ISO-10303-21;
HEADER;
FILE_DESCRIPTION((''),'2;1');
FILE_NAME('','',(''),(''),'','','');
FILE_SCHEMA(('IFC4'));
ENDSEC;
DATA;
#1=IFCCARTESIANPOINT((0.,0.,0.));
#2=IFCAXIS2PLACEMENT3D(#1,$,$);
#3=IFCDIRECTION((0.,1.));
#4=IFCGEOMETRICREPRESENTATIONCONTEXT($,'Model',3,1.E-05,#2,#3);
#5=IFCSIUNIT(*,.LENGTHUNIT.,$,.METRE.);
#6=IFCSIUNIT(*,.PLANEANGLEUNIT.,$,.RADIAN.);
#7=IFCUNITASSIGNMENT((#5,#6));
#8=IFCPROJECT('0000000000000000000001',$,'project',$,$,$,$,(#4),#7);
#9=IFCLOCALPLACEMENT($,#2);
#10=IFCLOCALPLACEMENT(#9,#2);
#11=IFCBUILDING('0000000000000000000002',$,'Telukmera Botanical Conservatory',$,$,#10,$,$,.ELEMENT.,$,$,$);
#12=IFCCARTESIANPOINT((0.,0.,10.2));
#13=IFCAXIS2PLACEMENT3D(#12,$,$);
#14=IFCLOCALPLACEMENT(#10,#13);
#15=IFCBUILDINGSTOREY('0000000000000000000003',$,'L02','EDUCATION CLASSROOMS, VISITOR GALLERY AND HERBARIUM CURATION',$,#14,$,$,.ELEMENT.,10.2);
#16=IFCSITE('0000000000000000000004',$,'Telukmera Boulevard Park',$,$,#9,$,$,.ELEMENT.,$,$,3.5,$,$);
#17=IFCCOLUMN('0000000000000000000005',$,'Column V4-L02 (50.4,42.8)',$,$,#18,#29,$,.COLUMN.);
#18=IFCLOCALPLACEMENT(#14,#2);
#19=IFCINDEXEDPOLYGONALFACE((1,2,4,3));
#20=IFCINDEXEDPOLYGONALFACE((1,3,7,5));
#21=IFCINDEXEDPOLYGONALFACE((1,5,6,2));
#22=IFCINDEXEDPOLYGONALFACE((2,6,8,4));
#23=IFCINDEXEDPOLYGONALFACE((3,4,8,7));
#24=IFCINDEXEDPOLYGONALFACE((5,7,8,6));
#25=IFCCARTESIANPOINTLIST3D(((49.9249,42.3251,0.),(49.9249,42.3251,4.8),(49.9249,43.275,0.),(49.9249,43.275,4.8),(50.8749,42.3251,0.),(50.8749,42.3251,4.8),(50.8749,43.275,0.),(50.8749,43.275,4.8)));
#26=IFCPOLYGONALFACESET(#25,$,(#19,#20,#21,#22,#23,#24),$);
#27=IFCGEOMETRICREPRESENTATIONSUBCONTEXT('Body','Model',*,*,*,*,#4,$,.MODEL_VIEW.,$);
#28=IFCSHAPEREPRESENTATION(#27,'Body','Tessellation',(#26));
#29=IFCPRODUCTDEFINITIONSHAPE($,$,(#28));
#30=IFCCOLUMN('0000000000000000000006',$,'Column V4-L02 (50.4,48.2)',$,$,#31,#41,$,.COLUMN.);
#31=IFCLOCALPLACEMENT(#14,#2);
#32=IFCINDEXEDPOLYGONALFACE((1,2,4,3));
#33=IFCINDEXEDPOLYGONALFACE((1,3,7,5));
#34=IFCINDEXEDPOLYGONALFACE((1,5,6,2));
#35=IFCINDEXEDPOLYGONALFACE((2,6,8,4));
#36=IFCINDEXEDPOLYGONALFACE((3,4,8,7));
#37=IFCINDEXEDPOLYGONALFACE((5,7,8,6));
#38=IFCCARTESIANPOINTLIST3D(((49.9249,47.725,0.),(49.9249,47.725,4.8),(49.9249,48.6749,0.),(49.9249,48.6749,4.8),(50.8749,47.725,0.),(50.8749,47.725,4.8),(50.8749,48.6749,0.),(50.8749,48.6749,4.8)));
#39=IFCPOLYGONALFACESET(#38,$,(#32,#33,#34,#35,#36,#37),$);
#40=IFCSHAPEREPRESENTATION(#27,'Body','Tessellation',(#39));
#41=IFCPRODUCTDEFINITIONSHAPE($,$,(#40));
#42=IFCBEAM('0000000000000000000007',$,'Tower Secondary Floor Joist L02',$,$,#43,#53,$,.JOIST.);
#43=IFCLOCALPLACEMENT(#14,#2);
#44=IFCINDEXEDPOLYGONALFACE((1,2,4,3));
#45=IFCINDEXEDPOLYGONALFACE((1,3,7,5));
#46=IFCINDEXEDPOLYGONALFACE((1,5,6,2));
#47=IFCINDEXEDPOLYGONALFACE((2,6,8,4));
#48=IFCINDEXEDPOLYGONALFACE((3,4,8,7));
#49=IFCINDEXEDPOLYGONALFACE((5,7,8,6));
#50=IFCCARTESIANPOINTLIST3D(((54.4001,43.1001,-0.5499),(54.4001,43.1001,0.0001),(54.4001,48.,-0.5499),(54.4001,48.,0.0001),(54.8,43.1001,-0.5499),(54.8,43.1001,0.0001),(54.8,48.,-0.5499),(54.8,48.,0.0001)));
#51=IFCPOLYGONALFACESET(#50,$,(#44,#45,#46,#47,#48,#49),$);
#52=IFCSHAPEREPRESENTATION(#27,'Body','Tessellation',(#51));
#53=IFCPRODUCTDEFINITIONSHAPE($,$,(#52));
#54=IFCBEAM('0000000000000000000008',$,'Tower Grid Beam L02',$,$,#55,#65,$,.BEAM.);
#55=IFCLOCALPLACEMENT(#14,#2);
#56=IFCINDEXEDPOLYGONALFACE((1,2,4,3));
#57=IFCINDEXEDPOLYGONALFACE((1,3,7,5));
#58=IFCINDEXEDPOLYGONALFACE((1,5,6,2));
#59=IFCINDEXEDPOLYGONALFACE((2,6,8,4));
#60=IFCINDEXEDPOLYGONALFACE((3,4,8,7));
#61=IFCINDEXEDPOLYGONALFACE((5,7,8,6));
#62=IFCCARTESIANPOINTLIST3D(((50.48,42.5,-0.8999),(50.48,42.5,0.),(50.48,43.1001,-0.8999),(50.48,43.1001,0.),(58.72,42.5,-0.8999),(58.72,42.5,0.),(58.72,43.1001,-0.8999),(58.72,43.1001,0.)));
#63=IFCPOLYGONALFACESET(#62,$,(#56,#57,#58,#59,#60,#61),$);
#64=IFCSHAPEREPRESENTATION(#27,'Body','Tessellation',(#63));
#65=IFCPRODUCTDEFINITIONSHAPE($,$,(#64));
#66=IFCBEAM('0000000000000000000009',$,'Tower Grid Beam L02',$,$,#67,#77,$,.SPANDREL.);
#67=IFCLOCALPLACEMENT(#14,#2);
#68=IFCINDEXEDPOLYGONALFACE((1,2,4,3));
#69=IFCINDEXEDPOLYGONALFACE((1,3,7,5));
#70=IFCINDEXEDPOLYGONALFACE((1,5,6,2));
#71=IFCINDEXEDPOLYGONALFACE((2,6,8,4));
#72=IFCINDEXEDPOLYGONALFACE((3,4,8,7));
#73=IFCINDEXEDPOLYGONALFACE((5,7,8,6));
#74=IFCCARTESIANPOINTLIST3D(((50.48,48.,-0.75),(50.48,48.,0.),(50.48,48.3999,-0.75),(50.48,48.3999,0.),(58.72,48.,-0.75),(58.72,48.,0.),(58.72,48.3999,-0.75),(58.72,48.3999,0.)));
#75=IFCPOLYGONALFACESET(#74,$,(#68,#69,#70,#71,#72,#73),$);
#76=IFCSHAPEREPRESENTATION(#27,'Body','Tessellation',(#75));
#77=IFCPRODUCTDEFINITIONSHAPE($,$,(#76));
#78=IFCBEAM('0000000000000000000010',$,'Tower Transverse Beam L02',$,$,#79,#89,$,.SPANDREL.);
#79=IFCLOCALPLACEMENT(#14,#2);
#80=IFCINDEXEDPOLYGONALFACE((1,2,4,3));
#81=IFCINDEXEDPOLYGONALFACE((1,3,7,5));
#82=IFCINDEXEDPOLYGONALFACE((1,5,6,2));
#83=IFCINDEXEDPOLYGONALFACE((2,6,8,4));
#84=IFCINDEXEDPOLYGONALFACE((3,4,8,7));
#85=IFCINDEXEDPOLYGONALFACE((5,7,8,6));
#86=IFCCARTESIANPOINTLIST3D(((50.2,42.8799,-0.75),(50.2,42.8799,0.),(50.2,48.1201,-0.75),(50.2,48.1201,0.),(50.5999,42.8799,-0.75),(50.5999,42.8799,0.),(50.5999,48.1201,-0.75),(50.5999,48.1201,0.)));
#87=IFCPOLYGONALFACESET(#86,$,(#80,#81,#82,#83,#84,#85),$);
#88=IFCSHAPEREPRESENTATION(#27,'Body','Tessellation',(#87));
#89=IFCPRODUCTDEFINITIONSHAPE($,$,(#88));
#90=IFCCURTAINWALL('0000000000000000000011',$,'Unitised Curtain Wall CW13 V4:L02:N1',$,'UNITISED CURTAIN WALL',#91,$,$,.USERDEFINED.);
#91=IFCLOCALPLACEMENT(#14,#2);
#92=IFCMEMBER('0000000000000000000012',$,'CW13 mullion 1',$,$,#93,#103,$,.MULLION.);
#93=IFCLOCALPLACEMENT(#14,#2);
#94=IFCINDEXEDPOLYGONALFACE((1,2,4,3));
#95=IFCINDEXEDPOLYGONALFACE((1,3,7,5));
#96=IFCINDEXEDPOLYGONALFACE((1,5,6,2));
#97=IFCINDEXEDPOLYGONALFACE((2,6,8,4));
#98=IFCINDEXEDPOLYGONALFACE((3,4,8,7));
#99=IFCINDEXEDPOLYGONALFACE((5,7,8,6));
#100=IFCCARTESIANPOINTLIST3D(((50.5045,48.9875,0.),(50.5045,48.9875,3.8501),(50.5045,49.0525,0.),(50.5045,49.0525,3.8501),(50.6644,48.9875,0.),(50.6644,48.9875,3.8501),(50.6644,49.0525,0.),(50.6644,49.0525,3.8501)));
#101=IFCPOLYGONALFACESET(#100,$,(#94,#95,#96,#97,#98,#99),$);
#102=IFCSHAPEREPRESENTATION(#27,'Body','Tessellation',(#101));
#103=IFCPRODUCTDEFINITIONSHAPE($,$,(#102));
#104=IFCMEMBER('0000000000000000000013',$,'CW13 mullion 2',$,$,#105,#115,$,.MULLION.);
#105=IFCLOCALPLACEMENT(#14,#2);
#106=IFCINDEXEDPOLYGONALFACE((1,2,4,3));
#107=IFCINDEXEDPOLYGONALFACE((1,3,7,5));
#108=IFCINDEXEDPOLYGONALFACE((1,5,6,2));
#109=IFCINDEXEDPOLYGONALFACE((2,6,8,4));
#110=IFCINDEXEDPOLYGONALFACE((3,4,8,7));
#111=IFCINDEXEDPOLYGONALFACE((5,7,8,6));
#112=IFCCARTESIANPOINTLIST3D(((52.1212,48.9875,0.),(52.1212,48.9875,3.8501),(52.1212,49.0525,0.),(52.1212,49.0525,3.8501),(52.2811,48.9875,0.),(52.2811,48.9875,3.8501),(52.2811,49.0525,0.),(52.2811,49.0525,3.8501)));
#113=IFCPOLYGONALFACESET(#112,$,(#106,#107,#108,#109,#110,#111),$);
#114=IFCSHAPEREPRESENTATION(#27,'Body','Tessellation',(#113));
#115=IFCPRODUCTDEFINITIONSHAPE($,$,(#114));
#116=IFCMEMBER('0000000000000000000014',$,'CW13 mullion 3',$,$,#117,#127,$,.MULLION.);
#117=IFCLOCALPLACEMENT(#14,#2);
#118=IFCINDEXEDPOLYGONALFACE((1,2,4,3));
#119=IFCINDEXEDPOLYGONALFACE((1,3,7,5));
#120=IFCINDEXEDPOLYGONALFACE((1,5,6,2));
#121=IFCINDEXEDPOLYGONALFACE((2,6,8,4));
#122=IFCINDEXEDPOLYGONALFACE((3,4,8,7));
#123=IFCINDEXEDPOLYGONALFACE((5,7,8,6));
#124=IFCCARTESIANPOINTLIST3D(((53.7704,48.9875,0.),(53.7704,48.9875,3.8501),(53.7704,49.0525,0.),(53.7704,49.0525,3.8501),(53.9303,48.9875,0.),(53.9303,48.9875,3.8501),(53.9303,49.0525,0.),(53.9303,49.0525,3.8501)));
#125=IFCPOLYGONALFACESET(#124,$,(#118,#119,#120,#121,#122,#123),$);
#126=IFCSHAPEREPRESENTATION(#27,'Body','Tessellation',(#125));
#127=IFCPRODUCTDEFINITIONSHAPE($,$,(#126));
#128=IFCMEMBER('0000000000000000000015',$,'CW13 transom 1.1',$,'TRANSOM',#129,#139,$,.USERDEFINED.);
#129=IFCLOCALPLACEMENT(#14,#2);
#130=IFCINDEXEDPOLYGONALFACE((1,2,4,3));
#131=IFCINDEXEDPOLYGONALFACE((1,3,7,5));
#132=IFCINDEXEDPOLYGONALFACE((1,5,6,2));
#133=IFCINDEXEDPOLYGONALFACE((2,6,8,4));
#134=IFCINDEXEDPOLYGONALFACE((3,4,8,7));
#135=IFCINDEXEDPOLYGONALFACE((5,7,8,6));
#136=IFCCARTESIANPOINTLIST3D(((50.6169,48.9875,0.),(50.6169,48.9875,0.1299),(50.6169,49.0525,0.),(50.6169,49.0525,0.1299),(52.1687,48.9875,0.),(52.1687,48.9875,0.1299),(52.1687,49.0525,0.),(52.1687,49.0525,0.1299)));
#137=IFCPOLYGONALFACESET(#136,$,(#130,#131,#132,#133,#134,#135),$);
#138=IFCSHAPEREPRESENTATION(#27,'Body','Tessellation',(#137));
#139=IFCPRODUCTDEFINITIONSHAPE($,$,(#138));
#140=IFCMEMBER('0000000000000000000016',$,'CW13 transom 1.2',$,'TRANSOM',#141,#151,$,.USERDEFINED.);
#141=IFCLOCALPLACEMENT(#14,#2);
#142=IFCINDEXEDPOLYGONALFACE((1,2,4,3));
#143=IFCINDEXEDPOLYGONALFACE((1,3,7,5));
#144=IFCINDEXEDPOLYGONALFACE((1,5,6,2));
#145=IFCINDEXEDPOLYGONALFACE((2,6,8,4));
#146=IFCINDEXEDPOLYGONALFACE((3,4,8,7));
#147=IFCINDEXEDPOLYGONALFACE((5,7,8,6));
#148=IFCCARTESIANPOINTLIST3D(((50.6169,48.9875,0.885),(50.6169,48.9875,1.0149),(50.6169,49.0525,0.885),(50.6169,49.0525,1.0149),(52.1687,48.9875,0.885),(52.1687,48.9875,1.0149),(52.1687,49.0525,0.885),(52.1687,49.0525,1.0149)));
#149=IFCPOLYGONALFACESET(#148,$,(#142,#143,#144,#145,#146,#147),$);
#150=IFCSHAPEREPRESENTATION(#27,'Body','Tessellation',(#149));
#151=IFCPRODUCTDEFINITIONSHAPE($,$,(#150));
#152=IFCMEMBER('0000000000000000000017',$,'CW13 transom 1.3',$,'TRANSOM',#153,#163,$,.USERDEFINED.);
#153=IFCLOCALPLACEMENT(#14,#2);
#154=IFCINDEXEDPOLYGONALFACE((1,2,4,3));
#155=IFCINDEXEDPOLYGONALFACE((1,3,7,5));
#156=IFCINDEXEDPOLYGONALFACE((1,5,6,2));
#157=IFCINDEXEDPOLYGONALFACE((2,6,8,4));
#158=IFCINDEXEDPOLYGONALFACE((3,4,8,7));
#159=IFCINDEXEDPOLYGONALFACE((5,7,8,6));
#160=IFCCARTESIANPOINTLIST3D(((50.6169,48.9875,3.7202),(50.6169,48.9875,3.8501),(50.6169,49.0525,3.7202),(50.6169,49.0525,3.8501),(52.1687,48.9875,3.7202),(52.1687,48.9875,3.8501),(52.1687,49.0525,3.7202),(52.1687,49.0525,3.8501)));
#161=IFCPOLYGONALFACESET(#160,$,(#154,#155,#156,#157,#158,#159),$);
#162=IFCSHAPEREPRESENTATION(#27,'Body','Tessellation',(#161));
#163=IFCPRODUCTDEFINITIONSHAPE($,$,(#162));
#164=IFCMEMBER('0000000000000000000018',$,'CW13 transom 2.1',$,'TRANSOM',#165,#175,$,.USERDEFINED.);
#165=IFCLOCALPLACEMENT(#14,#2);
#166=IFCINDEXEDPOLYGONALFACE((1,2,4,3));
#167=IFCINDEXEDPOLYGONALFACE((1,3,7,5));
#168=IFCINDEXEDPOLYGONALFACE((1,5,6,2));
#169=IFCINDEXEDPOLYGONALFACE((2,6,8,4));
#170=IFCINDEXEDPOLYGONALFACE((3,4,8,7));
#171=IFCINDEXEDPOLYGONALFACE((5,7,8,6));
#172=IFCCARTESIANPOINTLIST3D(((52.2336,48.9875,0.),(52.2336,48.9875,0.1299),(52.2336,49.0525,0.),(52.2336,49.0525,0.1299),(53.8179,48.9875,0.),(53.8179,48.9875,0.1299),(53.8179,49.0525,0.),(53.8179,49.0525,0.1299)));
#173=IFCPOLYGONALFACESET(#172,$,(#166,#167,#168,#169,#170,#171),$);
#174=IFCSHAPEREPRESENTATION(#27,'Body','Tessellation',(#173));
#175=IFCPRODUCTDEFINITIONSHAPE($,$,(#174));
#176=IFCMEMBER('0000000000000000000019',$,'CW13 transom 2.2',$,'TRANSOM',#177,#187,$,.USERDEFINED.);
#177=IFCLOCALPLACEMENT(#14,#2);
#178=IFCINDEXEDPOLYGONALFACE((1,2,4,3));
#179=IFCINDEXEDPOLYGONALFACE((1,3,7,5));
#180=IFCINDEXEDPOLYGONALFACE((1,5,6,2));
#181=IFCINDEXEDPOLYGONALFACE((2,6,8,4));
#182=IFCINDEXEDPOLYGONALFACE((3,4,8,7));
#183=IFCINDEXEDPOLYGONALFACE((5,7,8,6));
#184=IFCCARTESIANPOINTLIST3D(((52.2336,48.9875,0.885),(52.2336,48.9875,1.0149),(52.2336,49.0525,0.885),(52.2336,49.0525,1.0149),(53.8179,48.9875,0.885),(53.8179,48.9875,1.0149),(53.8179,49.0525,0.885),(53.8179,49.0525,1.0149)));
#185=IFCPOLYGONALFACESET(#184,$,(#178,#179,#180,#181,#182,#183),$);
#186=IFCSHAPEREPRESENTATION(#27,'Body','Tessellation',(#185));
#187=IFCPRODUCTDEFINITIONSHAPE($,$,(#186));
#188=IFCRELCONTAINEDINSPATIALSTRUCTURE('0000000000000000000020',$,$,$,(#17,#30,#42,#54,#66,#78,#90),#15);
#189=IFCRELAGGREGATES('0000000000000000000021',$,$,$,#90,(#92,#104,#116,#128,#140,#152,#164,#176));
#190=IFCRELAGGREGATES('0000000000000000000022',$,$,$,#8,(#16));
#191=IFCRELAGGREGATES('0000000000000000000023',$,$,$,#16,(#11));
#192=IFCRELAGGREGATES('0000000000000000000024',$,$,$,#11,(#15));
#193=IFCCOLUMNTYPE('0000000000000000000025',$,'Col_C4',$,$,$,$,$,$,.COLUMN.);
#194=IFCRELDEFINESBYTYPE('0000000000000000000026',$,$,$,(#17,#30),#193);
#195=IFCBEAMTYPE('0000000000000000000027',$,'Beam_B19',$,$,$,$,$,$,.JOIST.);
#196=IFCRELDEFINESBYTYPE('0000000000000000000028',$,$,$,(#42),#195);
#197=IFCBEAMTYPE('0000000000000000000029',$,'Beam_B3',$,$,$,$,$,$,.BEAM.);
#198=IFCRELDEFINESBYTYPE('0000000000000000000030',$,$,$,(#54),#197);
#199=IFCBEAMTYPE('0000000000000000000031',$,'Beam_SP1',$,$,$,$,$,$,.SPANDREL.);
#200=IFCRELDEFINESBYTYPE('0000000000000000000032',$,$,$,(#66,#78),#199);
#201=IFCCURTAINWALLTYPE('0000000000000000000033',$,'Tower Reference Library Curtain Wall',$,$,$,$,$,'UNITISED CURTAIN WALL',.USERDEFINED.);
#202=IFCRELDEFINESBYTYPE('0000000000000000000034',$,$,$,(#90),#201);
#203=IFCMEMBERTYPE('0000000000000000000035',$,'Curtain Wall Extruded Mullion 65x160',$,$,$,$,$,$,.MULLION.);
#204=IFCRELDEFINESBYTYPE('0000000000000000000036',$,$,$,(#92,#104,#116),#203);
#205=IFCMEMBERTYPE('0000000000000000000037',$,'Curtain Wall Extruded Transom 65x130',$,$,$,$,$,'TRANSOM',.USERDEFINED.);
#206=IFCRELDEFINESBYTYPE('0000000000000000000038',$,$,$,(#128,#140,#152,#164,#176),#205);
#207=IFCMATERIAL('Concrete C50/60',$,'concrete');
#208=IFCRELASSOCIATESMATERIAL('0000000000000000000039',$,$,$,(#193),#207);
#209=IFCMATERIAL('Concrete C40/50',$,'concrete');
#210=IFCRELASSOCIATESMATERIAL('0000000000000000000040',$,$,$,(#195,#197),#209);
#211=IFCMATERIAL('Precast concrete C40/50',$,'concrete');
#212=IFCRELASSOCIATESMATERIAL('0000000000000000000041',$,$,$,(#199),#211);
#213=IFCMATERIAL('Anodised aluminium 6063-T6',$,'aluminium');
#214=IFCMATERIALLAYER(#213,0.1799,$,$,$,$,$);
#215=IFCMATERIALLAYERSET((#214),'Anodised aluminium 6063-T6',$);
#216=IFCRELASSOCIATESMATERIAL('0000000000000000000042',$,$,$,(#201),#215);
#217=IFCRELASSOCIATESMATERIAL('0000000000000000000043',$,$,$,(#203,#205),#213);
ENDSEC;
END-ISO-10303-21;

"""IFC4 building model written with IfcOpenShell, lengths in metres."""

from ifc_helpers import new_model, si_unit, direction, frame, origin, origin_2d, place, context, subcontext, project, spatial, rectangle, extrude, material, layer, layer_set, material_profile, profile_set, type_object, element, aggregate, save


model = new_model("IFC4")

# Units and contexts
model_context = context("Model", 3, precision=1e-05, world=origin(), true_north=direction((0.0, 1.0)))
body_context = subcontext(model_context, "Body", "Model", "MODEL_VIEW")
ifc_project = project(units=[si_unit("LENGTHUNIT", "METRE"), si_unit("PLANEANGLEUNIT", "RADIAN")], contexts=[model_context])

# Site, building, storey
site_placement = place(None, origin())
site = spatial("IfcSite", under=ifc_project, at=site_placement, Name="Telukmera Boulevard Park", CompositionType="ELEMENT", RefElevation=3.5)
building_placement = place(site_placement, origin())
building = spatial("IfcBuilding", under=site, at=building_placement, Name="Telukmera Botanical Conservatory", CompositionType="ELEMENT")
storey_placement = place(building_placement, frame((0.0, 0.0, 10.2)))
storey = spatial("IfcBuildingStorey", under=building, at=storey_placement, Name="L02", Description="EDUCATION CLASSROOMS, VISITOR GALLERY AND HERBARIUM CURATION", CompositionType="ELEMENT", Elevation=10.2)

# Columns
ifc_material_1 = material(Name="Concrete C50/60", Category="concrete")
ifc_material_profile_1 = material_profile(ifc_material_1, rectangle(XDim=0.95, YDim=0.95, at=origin_2d()), Name="RC 950x950")
ifc_profile_set_1 = profile_set([ifc_material_profile_1], Name="Concrete C50/60")
column_type = type_object("IfcColumnType", Name="Col_C4", PredefinedType="COLUMN", material=ifc_profile_set_1)
for number, where, z_axis, x_axis, name in (
    (1, (50.3999, 42.8, 0.0), (0.0, 0.0, 1.0), (1.0, 0.0, 0.0), "Column V4-L02 (50.4,42.8)"),
    (2, (50.3999, 48.2, 0.0), (0.0, 0.0, 1.0), (1.0, 0.0, 0.0), "Column V4-L02 (50.4,48.2)"),
):
    element("IfcColumn", number, at=place(storey_placement, frame(where, z_axis=z_axis, x_axis=x_axis)), inside=storey, type_object=column_type, Name=name, PredefinedType="COLUMN", context=body_context, shape_type="SweptSolid", body=[
        extrude(rectangle(XDim=0.95, YDim=0.95, at=origin_2d()), origin(), (0.0, 0.0, 1.0), 4.8),
    ])

# Beams
ifc_material_2 = material(Name="Concrete C40/50", Category="concrete")
ifc_material_profile_2 = material_profile(ifc_material_2, rectangle(XDim=0.3999, YDim=0.55, at=origin_2d()), Name="RC 400x550")
ifc_profile_set_2 = profile_set([ifc_material_profile_2], Name="Concrete C40/50")
beam_type_1 = type_object("IfcBeamType", Name="Beam_B19", PredefinedType="JOIST", material=ifc_profile_set_2)
beam_1_placement = place(storey_placement, frame((54.6001, 43.1001, -0.2749), z_axis=(0.0, 1.0, 0.0), x_axis=(-1.0, 0.0, 0.0)))
element("IfcBeam", 3, at=beam_1_placement, inside=storey, type_object=beam_type_1, Name="Tower Secondary Floor Joist L02", PredefinedType="JOIST", context=body_context, shape_type="SweptSolid", body=[
    extrude(rectangle(XDim=0.3999, YDim=0.55, at=origin_2d()), origin(), (0.0, 0.0, 1.0), 4.8999),
])
ifc_material_profile_3 = material_profile(ifc_material_2, rectangle(XDim=0.6001, YDim=0.8999, at=origin_2d()), Name="RC 600x900")
ifc_profile_set_3 = profile_set([ifc_material_profile_3], Name="Concrete C40/50")
beam_type_2 = type_object("IfcBeamType", Name="Beam_B3", PredefinedType="BEAM", material=ifc_profile_set_3)
beam_2_placement = place(storey_placement, frame((50.48, 42.8, -0.45), z_axis=(1.0, 0.0, 0.0), x_axis=(0.0, 1.0, 0.0)))
element("IfcBeam", 4, at=beam_2_placement, inside=storey, type_object=beam_type_2, Name="Tower Grid Beam L02", PredefinedType="BEAM", context=body_context, shape_type="SweptSolid", body=[
    extrude(rectangle(XDim=0.6001, YDim=0.8999, at=origin_2d()), origin(), (0.0, 0.0, 1.0), 8.24),
])
ifc_material_3 = material(Name="Precast concrete C40/50", Category="concrete")
ifc_material_profile_4 = material_profile(ifc_material_3, rectangle(XDim=0.3999, YDim=0.75, at=origin_2d()), Name="PC 400x750")
ifc_profile_set_4 = profile_set([ifc_material_profile_4], Name="Precast concrete C40/50")
beam_type_3 = type_object("IfcBeamType", Name="Beam_SP1", PredefinedType="SPANDREL", material=ifc_profile_set_4)
beam_3_placement = place(storey_placement, frame((50.48, 48.2, -0.375), z_axis=(1.0, 0.0, 0.0), x_axis=(0.0, 1.0, 0.0)))
element("IfcBeam", 5, at=beam_3_placement, inside=storey, type_object=beam_type_3, Name="Tower Grid Beam L02", PredefinedType="SPANDREL", context=body_context, shape_type="SweptSolid", body=[
    extrude(rectangle(XDim=0.3999, YDim=0.75, at=origin_2d()), origin(), (0.0, 0.0, 1.0), 8.24),
])
beam_4_placement = place(storey_placement, frame((50.3999, 42.8799, -0.375), z_axis=(0.0, 1.0, 0.0), x_axis=(-1.0, 0.0, 0.0)))
element("IfcBeam", 6, at=beam_4_placement, inside=storey, type_object=beam_type_3, Name="Tower Transverse Beam L02", PredefinedType="SPANDREL", context=body_context, shape_type="SweptSolid", body=[
    extrude(rectangle(XDim=0.3999, YDim=0.75, at=origin_2d()), origin(), (0.0, 0.0, 1.0), 5.2402),
])

# Curtain wall, members
ifc_material_4 = material(Name="Anodised aluminium 6063-T6", Category="aluminium")
ifc_layer_1 = layer(ifc_material_4, 0.1799)
ifc_layer_set_1 = layer_set([ifc_layer_1], Name="Anodised aluminium 6063-T6")
curtain_wall_type = type_object("IfcCurtainWallType", Name="Tower Reference Library Curtain Wall", ElementType="UNITISED CURTAIN WALL", PredefinedType="USERDEFINED", material=ifc_layer_set_1)
curtain_wall_placement = place(storey_placement, origin())
curtain_wall = element("IfcCurtainWall", 7, at=curtain_wall_placement, inside=storey, type_object=curtain_wall_type, Name="Unitised Curtain Wall CW13 V4:L02:N1", ObjectType="UNITISED CURTAIN WALL", PredefinedType="USERDEFINED")
ifc_material_profile_5 = material_profile(ifc_material_4, rectangle(XDim=0.0649, YDim=0.1599, at=origin_2d()), Name="ALU MULL 65x160")
ifc_profile_set_5 = profile_set([ifc_material_profile_5], Name="Anodised aluminium 6063-T6")
member_type_1 = type_object("IfcMemberType", Name="Curtain Wall Extruded Mullion 65x160", PredefinedType="MULLION", material=ifc_profile_set_5)
member_1_placement = place(storey_placement, frame((50.5845, 49.02, 0.0), z_axis=(0.0, 0.0, 1.0), x_axis=(0.0, 1.0, 0.0)))
member_1 = element("IfcMember", 8, at=member_1_placement, type_object=member_type_1, Name="CW13 mullion 1", PredefinedType="MULLION", context=body_context, shape_type="SweptSolid", body=[
    extrude(rectangle(XDim=0.0649, YDim=0.1599, at=origin_2d()), origin(), (0.0, 0.0, 1.0), 3.8501),
])
member_2_placement = place(storey_placement, frame((52.2012, 49.02, 0.0), z_axis=(0.0, 0.0, 1.0), x_axis=(0.0, 1.0, 0.0)))
member_2 = element("IfcMember", 9, at=member_2_placement, type_object=member_type_1, Name="CW13 mullion 2", PredefinedType="MULLION", context=body_context, shape_type="SweptSolid", body=[
    extrude(rectangle(XDim=0.0649, YDim=0.1599, at=origin_2d()), origin(), (0.0, 0.0, 1.0), 3.8501),
])
member_3_placement = place(storey_placement, frame((53.8503, 49.02, 0.0), z_axis=(0.0, 0.0, 1.0), x_axis=(0.0, 1.0, 0.0)))
member_3 = element("IfcMember", 10, at=member_3_placement, type_object=member_type_1, Name="CW13 mullion 3", PredefinedType="MULLION", context=body_context, shape_type="SweptSolid", body=[
    extrude(rectangle(XDim=0.0649, YDim=0.1599, at=origin_2d()), origin(), (0.0, 0.0, 1.0), 3.8501),
])
ifc_material_profile_6 = material_profile(ifc_material_4, rectangle(XDim=0.0649, YDim=0.1299, at=origin_2d()), Name="ALU TRAN 65x130")
ifc_profile_set_6 = profile_set([ifc_material_profile_6], Name="Anodised aluminium 6063-T6")
member_type_2 = type_object("IfcMemberType", Name="Curtain Wall Extruded Transom 65x130", ElementType="TRANSOM", PredefinedType="USERDEFINED", material=ifc_profile_set_6)
member_4_placement = place(storey_placement, frame((50.6169, 49.02, 0.0649), z_axis=(1.0, 0.0, 0.0), x_axis=(0.0, 1.0, 0.0)))
member_4 = element("IfcMember", 11, at=member_4_placement, type_object=member_type_2, Name="CW13 transom 1.1", ObjectType="TRANSOM", PredefinedType="USERDEFINED", context=body_context, shape_type="SweptSolid", body=[
    extrude(rectangle(XDim=0.0649, YDim=0.1299, at=origin_2d()), origin(), (0.0, 0.0, 1.0), 1.5518),
])
member_5_placement = place(storey_placement, frame((50.6169, 49.02, 0.95), z_axis=(1.0, 0.0, 0.0), x_axis=(0.0, 1.0, 0.0)))
member_5 = element("IfcMember", 12, at=member_5_placement, type_object=member_type_2, Name="CW13 transom 1.2", ObjectType="TRANSOM", PredefinedType="USERDEFINED", context=body_context, shape_type="SweptSolid", body=[
    extrude(rectangle(XDim=0.0649, YDim=0.1299, at=origin_2d()), origin(), (0.0, 0.0, 1.0), 1.5518),
])
member_6_placement = place(storey_placement, frame((50.6169, 49.02, 3.7852), z_axis=(1.0, 0.0, 0.0), x_axis=(0.0, 1.0, 0.0)))
member_6 = element("IfcMember", 13, at=member_6_placement, type_object=member_type_2, Name="CW13 transom 1.3", ObjectType="TRANSOM", PredefinedType="USERDEFINED", context=body_context, shape_type="SweptSolid", body=[
    extrude(rectangle(XDim=0.0649, YDim=0.1299, at=origin_2d()), origin(), (0.0, 0.0, 1.0), 1.5518),
])
member_7_placement = place(storey_placement, frame((52.2336, 49.02, 0.0649), z_axis=(1.0, 0.0, 0.0), x_axis=(0.0, 1.0, 0.0)))
member_7 = element("IfcMember", 14, at=member_7_placement, type_object=member_type_2, Name="CW13 transom 2.1", ObjectType="TRANSOM", PredefinedType="USERDEFINED", context=body_context, shape_type="SweptSolid", body=[
    extrude(rectangle(XDim=0.0649, YDim=0.1299, at=origin_2d()), origin(), (0.0, 0.0, 1.0), 1.5842),
])
member_8_placement = place(storey_placement, frame((52.2336, 49.02, 0.95), z_axis=(1.0, 0.0, 0.0), x_axis=(0.0, 1.0, 0.0)))
member_8 = element("IfcMember", 15, at=member_8_placement, type_object=member_type_2, Name="CW13 transom 2.2", ObjectType="TRANSOM", PredefinedType="USERDEFINED", context=body_context, shape_type="SweptSolid", body=[
    extrude(rectangle(XDim=0.0649, YDim=0.1299, at=origin_2d()), origin(), (0.0, 0.0, 1.0), 1.5842),
])
aggregate(curtain_wall, [member_1, member_2, member_3, member_4, member_5, member_6, member_7, member_8])

save(model, "model.ifc")
